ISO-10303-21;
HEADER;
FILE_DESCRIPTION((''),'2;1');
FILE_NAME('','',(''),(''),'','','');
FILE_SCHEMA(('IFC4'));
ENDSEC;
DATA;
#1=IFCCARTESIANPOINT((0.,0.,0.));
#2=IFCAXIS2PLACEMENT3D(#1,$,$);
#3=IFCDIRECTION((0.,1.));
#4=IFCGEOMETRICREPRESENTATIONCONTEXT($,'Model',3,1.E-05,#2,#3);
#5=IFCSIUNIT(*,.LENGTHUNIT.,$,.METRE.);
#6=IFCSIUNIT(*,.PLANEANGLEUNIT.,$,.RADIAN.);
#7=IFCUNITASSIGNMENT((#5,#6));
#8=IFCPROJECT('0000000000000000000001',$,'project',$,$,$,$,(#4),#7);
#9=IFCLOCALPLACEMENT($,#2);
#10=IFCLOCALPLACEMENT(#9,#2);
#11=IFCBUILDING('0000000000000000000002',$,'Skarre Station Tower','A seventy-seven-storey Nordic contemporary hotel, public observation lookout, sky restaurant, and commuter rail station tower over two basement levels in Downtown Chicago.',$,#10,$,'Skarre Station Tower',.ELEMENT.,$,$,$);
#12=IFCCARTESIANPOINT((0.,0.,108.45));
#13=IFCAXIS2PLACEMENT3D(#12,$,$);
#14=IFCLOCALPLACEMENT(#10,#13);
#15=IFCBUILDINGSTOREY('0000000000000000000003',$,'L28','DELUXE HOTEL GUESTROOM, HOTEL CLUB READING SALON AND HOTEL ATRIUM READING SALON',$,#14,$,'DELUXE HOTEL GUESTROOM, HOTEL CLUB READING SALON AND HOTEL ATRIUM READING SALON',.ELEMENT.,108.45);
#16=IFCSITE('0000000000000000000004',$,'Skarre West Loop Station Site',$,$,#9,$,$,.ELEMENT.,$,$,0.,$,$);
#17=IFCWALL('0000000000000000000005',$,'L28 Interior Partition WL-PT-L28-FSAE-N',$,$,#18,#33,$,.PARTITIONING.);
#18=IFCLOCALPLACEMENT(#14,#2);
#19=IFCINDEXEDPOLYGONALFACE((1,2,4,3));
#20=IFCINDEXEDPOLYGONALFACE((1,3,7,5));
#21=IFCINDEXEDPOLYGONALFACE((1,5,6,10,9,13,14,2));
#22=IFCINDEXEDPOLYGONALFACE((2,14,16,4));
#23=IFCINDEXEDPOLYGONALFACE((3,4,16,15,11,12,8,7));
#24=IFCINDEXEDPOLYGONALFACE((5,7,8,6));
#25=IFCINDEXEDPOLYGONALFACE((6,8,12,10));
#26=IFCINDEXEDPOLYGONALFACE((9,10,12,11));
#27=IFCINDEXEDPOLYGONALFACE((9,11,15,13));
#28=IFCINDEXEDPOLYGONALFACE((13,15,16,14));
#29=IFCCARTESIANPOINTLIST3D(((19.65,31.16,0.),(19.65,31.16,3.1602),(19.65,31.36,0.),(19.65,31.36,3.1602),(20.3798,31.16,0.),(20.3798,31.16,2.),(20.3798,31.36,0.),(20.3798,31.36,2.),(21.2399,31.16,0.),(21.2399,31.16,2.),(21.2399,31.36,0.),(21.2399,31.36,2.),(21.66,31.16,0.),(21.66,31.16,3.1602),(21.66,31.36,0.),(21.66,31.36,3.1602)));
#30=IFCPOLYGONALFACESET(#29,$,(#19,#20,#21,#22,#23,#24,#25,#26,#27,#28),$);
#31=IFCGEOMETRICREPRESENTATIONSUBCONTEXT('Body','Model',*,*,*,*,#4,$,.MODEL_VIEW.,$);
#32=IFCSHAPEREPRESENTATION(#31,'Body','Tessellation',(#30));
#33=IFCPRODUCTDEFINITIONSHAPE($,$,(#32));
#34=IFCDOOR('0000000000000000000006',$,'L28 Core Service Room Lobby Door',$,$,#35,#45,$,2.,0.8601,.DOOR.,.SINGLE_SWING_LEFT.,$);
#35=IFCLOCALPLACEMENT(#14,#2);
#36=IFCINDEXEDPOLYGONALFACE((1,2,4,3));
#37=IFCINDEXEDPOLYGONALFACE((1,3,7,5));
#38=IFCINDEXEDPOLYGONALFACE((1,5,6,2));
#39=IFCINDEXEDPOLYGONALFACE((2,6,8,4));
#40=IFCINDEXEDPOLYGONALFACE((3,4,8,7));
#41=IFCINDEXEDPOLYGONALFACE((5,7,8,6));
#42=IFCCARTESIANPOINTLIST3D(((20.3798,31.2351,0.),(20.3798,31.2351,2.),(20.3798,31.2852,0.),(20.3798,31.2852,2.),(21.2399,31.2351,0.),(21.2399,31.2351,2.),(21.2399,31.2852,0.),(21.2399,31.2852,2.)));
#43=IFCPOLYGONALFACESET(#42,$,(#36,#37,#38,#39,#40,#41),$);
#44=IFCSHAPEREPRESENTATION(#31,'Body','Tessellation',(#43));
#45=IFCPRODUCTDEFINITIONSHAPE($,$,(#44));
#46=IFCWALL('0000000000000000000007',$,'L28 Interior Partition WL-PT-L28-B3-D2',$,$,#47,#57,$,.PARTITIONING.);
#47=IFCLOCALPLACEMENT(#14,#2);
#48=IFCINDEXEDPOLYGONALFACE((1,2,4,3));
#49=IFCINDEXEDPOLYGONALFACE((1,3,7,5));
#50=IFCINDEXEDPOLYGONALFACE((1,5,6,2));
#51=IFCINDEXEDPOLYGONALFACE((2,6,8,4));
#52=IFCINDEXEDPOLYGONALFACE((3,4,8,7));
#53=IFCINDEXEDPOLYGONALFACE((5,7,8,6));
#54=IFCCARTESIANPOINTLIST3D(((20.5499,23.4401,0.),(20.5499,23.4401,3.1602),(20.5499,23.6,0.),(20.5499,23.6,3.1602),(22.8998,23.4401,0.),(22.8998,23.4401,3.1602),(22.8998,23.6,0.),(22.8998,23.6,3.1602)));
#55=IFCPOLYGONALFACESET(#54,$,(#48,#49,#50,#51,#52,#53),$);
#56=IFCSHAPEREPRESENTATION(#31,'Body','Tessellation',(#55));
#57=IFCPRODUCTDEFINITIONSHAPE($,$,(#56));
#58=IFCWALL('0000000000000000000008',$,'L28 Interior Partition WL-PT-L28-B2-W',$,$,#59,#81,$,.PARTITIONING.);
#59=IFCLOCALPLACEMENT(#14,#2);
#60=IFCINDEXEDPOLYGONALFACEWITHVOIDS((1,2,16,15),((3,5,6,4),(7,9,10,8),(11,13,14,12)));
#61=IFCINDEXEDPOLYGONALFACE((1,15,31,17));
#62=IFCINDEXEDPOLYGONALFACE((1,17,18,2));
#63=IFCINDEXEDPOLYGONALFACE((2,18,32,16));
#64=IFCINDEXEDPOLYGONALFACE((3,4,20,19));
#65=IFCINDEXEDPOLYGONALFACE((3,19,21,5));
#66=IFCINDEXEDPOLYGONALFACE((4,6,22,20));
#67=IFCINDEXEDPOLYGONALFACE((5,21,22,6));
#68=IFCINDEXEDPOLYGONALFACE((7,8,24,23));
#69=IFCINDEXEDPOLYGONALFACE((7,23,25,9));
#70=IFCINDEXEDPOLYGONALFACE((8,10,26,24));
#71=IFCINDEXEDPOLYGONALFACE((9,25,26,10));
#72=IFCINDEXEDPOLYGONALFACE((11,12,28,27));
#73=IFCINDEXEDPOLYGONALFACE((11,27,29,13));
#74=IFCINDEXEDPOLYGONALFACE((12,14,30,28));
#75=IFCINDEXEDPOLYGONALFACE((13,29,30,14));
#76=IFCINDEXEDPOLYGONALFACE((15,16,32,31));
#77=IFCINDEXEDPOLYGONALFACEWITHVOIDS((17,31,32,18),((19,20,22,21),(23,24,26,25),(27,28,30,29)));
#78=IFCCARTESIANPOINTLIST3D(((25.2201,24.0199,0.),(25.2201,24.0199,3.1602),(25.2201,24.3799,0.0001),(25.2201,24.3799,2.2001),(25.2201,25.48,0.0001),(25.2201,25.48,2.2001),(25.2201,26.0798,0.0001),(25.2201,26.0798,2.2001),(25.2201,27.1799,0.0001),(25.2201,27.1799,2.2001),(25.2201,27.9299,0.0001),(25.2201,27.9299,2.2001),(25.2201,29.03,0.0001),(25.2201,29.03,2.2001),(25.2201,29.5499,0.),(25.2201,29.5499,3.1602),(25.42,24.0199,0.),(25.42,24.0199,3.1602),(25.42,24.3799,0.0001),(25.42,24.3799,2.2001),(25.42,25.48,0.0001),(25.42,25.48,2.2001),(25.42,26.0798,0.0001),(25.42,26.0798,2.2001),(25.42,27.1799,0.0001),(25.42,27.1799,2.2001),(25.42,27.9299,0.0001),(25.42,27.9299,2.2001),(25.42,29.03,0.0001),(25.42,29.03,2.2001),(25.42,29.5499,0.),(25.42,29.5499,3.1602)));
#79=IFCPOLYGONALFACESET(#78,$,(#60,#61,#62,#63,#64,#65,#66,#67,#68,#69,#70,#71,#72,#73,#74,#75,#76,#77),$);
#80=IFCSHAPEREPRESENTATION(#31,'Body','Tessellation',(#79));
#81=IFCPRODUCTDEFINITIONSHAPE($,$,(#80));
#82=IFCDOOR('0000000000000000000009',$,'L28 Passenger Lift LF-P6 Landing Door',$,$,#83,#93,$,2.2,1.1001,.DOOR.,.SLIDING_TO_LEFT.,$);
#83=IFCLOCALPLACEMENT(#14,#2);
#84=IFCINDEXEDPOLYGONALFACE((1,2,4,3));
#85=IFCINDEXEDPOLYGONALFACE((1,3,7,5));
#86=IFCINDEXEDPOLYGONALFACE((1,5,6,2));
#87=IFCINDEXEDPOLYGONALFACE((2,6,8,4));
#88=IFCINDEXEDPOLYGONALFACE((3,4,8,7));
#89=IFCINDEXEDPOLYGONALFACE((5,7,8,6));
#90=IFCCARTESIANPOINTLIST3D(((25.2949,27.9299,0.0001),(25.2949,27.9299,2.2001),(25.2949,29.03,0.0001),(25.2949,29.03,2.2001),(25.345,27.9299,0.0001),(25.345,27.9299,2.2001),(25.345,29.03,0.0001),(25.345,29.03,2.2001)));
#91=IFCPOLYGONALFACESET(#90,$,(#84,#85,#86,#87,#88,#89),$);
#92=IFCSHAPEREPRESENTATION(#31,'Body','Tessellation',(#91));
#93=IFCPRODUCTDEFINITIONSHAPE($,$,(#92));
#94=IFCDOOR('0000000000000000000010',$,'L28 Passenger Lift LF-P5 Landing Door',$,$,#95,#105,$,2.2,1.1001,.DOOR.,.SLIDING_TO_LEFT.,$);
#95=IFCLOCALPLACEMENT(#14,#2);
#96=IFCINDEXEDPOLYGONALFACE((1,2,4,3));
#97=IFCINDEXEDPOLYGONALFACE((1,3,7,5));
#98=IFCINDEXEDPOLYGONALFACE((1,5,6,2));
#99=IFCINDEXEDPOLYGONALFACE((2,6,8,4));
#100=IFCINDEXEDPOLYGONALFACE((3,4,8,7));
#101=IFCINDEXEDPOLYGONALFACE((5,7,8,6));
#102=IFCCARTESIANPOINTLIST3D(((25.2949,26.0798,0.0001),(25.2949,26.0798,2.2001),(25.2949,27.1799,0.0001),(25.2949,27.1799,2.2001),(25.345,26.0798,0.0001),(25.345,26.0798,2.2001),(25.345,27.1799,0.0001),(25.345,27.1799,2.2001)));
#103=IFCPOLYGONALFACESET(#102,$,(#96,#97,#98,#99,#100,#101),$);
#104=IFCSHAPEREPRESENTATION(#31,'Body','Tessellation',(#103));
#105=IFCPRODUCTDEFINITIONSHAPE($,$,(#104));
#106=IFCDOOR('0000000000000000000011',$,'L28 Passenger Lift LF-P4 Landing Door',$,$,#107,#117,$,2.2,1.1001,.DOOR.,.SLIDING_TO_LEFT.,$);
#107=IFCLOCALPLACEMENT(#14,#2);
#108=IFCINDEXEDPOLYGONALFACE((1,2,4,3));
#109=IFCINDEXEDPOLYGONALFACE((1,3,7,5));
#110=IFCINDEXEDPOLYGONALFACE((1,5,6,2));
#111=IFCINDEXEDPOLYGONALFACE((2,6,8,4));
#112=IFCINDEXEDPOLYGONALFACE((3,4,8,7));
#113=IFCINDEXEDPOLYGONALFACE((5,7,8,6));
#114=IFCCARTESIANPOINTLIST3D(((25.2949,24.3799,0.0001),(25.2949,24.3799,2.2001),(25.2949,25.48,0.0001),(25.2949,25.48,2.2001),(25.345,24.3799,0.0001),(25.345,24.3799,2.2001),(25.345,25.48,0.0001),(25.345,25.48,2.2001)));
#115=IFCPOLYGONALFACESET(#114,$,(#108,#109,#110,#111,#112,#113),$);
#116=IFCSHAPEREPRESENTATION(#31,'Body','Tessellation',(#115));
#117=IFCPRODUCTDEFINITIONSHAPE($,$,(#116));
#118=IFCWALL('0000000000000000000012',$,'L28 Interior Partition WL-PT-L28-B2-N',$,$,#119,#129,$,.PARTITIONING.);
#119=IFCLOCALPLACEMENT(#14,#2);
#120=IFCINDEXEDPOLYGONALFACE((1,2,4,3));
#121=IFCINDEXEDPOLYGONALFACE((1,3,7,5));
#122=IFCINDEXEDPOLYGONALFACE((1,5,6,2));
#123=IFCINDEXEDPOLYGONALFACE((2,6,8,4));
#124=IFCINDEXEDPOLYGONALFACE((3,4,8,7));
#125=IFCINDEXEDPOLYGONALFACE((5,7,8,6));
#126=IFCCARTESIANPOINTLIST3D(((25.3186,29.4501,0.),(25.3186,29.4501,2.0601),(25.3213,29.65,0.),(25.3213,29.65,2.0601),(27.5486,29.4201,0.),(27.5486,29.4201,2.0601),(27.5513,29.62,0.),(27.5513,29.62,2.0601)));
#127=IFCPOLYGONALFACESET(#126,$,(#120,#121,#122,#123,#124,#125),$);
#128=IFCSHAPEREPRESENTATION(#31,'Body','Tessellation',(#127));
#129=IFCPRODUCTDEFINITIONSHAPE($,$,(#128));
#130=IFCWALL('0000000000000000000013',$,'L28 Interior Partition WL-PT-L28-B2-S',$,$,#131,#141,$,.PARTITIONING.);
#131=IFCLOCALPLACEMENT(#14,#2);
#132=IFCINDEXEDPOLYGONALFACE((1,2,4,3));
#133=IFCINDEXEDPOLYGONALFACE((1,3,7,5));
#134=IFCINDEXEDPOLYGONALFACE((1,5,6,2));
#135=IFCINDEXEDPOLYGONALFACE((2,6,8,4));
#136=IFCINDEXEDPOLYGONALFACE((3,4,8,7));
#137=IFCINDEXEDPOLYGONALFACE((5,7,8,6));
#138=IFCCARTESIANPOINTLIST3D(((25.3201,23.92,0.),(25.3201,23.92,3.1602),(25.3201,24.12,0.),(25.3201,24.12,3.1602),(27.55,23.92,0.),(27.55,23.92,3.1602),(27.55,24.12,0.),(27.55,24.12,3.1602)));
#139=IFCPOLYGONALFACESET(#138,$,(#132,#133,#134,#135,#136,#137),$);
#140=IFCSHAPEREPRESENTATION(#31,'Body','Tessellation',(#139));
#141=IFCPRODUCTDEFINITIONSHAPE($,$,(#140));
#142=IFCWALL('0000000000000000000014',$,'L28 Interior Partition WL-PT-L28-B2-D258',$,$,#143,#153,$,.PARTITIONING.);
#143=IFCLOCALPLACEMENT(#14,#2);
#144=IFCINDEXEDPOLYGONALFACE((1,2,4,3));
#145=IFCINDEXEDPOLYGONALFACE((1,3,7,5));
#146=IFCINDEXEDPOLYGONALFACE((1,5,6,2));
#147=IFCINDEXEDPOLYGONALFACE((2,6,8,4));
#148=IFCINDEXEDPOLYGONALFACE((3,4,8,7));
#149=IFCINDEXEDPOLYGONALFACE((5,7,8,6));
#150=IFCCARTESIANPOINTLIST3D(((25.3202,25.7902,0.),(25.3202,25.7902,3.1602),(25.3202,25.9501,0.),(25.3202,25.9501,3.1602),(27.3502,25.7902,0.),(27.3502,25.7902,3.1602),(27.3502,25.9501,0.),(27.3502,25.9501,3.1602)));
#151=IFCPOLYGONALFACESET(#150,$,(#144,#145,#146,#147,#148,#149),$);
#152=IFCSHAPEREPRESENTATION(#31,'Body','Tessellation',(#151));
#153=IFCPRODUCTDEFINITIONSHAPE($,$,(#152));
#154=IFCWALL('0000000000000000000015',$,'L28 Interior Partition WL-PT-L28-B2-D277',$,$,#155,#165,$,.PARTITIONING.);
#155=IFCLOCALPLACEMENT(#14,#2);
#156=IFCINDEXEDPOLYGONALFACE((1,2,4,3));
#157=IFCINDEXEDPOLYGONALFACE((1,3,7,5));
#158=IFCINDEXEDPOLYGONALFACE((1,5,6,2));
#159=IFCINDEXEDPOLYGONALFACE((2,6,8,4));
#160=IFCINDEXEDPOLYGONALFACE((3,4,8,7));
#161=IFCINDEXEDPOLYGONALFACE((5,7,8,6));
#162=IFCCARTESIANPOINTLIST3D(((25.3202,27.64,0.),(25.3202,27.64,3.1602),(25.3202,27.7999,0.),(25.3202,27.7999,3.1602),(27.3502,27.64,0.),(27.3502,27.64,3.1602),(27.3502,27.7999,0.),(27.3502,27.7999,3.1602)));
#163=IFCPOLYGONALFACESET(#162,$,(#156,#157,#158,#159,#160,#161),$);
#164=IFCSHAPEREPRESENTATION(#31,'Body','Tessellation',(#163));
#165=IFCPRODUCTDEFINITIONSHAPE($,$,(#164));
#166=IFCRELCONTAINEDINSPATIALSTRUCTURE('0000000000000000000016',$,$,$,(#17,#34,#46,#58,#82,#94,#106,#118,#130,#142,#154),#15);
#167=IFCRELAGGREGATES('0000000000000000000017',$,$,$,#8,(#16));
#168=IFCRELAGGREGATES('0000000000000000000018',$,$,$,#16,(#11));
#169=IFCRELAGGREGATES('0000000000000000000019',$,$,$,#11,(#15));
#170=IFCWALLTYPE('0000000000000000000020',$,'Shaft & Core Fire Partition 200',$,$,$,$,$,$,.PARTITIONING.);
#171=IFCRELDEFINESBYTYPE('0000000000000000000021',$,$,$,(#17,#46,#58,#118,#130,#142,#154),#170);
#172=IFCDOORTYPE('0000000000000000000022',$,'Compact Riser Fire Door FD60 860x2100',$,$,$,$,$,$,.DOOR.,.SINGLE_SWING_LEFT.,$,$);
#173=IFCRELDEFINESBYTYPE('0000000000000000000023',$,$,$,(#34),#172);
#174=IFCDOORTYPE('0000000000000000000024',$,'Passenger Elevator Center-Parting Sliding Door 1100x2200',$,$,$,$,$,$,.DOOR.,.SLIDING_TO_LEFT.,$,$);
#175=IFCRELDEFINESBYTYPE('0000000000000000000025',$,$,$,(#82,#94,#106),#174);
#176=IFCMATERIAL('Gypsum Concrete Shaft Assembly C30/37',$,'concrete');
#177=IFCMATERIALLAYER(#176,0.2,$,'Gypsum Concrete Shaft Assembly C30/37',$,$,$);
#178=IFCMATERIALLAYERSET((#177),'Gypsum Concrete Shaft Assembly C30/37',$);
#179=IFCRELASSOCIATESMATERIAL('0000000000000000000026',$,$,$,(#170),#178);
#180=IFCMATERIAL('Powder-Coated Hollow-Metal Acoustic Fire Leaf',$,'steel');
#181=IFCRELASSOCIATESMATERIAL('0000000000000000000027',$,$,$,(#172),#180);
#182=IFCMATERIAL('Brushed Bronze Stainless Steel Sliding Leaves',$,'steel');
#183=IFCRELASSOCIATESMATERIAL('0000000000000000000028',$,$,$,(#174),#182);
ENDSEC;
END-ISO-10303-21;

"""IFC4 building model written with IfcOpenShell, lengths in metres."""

from ifc_helpers import new_model, si_unit, direction, frame, frame_2d, origin, place, context, subcontext, project, spatial, rectangle, extrude, material, layer, layer_set, type_object, element, fill, save


model = new_model("IFC4")

# Units and contexts
model_context = context("Model", 3, precision=1e-05, world=origin(), true_north=direction((0.0, 1.0)))
body_context = subcontext(model_context, "Body", "Model", "MODEL_VIEW")
ifc_project = project(units=[si_unit("LENGTHUNIT", "METRE"), si_unit("PLANEANGLEUNIT", "RADIAN")], contexts=[model_context])

# Site, building, storey
site_placement = place(None, origin())
site = spatial("IfcSite", under=ifc_project, at=site_placement, Name="Skarre West Loop Station Site", CompositionType="ELEMENT", RefElevation=0.0)
building_placement = place(site_placement, origin())
building = spatial("IfcBuilding", under=site, at=building_placement, Name="Skarre Station Tower", Description="A seventy-seven-storey Nordic contemporary hotel, public observation lookout, sky restaurant, and commuter rail station tower over two basement levels in Downtown Chicago.", LongName="Skarre Station Tower", CompositionType="ELEMENT")
storey_placement = place(building_placement, frame((0.0, 0.0, 108.45)))
storey = spatial("IfcBuildingStorey", under=building, at=storey_placement, Name="L28", Description="DELUXE HOTEL GUESTROOM, HOTEL CLUB READING SALON AND HOTEL ATRIUM READING SALON", LongName="DELUXE HOTEL GUESTROOM, HOTEL CLUB READING SALON AND HOTEL ATRIUM READING SALON", CompositionType="ELEMENT", Elevation=108.45)

# Shared definitions
ifc_material_1 = material(Name="Powder-Coated Hollow-Metal Acoustic Fire Leaf", Category="steel")

# Shared definitions
ifc_material_2 = material(Name="Gypsum Concrete Shaft Assembly C30/37", Category="concrete")
ifc_layer_1 = layer(ifc_material_2, 0.2, Name="Gypsum Concrete Shaft Assembly C30/37")
ifc_layer_set_1 = layer_set([ifc_layer_1], Name="Gypsum Concrete Shaft Assembly C30/37")
wall_type_1 = type_object("IfcWallType", Name="Shaft & Core Fire Partition 200", PredefinedType="PARTITIONING", material=ifc_layer_set_1)

# Wall, opening, door
wall_1_placement = place(storey_placement, frame((21.6599, 31.26, 0.0), z_axis=(0.0, 0.0, 1.0), x_axis=(-1.0, 0.0, 0.0)))
wall_1 = element("IfcWall", 1, at=wall_1_placement, inside=storey, type_object=wall_type_1, Name="L28 Interior Partition WL-PT-L28-FSAE-N", PredefinedType="PARTITIONING", context=body_context, shape_type="SweptSolid", body=[
    extrude(rectangle(XDim=2.01, YDim=0.2, at=frame_2d((1.0049, 0.0))), origin(), (0.0, 0.0, 1.0), 3.1602),
])
opening_1_placement = place(wall_1_placement, frame((0.4199, 0.0, 0.0)))
opening_1 = element("IfcOpeningElement", 2, at=opening_1_placement, cuts=wall_1, PredefinedType="OPENING", context=body_context, shape_type="SweptSolid", body=[
    extrude(rectangle(XDim=0.8601, YDim=2.0, at=frame_2d((0.4302, 1.0))), frame((0.0, 0.1099, 0.0), z_axis=(0.0, -1.0, 0.0), x_axis=(1.0, 0.0, 0.0)), (0.0, 0.0, 1.0), 0.22),
])
door_type_1 = type_object("IfcDoorType", Name="Compact Riser Fire Door FD60 860x2100", OperationType="SINGLE_SWING_LEFT", PredefinedType="DOOR", material=ifc_material_1)
door_1_placement = place(opening_1_placement, origin())
door_1 = element("IfcDoor", 3, at=door_1_placement, inside=storey, type_object=door_type_1, Name="L28 Core Service Room Lobby Door", OperationType="SINGLE_SWING_LEFT", OverallHeight=2.0, OverallWidth=0.8601, PredefinedType="DOOR", context=body_context, shape_type="SweptSolid", body=[
    extrude(rectangle(XDim=0.8601, YDim=2.0, at=frame_2d((0.4302, 1.0))), frame((0.0, 0.0249, 0.0), z_axis=(0.0, -1.0, 0.0), x_axis=(1.0, 0.0, 0.0)), (0.0, 0.0, 1.0), 0.05),
])
fill(opening_1, door_1)

# Wall
wall_2_placement = place(storey_placement, frame((20.55, 23.52, 0.0), z_axis=(0.0, 0.0, 1.0), x_axis=(1.0, 0.0, 0.0)))
element("IfcWall", 4, at=wall_2_placement, inside=storey, type_object=wall_type_1, Name="L28 Interior Partition WL-PT-L28-B3-D2", PredefinedType="PARTITIONING", context=body_context, shape_type="SweptSolid", body=[
    extrude(rectangle(XDim=2.3499, YDim=0.1599, at=frame_2d((1.1748, 0.0))), origin(), (0.0, 0.0, 1.0), 3.1602),
])

# Wall, openings, doors
wall_3_placement = place(storey_placement, frame((25.3201, 29.55, 0.0), z_axis=(0.0, 0.0, 1.0), x_axis=(0.0, -1.0, 0.0)))
wall_3 = element("IfcWall", 5, at=wall_3_placement, inside=storey, type_object=wall_type_1, Name="L28 Interior Partition WL-PT-L28-B2-W", PredefinedType="PARTITIONING", context=body_context, shape_type="SweptSolid", body=[
    extrude(rectangle(XDim=5.53, YDim=0.2, at=frame_2d((2.7651, 0.0))), origin(), (0.0, 0.0, 1.0), 3.1602),
])
opening_2_placement = place(wall_3_placement, frame((0.52, 0.0, 0.0)))
opening_2 = element("IfcOpeningElement", 6, at=opening_2_placement, cuts=wall_3, PredefinedType="OPENING", context=body_context, shape_type="SweptSolid", body=[
    extrude(rectangle(XDim=1.1001, YDim=2.2, at=frame_2d((0.55, 1.1001))), frame((0.0, 0.1099, 0.0), z_axis=(0.0, -1.0, 0.0), x_axis=(1.0, 0.0, 0.0)), (0.0, 0.0, 1.0), 0.22),
])
opening_3_placement = place(wall_3_placement, frame((2.3701, 0.0, 0.0)))
opening_3 = element("IfcOpeningElement", 7, at=opening_3_placement, cuts=wall_3, PredefinedType="OPENING", context=body_context, shape_type="SweptSolid", body=[
    extrude(rectangle(XDim=1.1001, YDim=2.2, at=frame_2d((0.55, 1.1001))), frame((0.0, 0.1099, 0.0), z_axis=(0.0, -1.0, 0.0), x_axis=(1.0, 0.0, 0.0)), (0.0, 0.0, 1.0), 0.22),
])
opening_4_placement = place(wall_3_placement, frame((4.0701, 0.0, 0.0)))
opening_4 = element("IfcOpeningElement", 8, at=opening_4_placement, cuts=wall_3, PredefinedType="OPENING", context=body_context, shape_type="SweptSolid", body=[
    extrude(rectangle(XDim=1.1001, YDim=2.2, at=frame_2d((0.55, 1.1001))), frame((0.0, 0.1099, 0.0), z_axis=(0.0, -1.0, 0.0), x_axis=(1.0, 0.0, 0.0)), (0.0, 0.0, 1.0), 0.22),
])
ifc_material_3 = material(Name="Brushed Bronze Stainless Steel Sliding Leaves", Category="steel")
door_type_2 = type_object("IfcDoorType", Name="Passenger Elevator Center-Parting Sliding Door 1100x2200", OperationType="SLIDING_TO_LEFT", PredefinedType="DOOR", material=ifc_material_3)
door_2_placement = place(opening_2_placement, origin())
door_2 = element("IfcDoor", 9, at=door_2_placement, inside=storey, type_object=door_type_2, Name="L28 Passenger Lift LF-P6 Landing Door", OperationType="SLIDING_TO_LEFT", OverallHeight=2.2, OverallWidth=1.1001, PredefinedType="DOOR", context=body_context, shape_type="SweptSolid", body=[
    extrude(rectangle(XDim=1.1001, YDim=2.2, at=frame_2d((0.55, 1.1001))), frame((0.0, 0.0249, 0.0), z_axis=(0.0, -1.0, 0.0), x_axis=(1.0, 0.0, 0.0)), (0.0, 0.0, 1.0), 0.05),
])
fill(opening_2, door_2)
door_3_placement = place(opening_3_placement, origin())
door_3 = element("IfcDoor", 10, at=door_3_placement, inside=storey, type_object=door_type_2, Name="L28 Passenger Lift LF-P5 Landing Door", OperationType="SLIDING_TO_LEFT", OverallHeight=2.2, OverallWidth=1.1001, PredefinedType="DOOR", context=body_context, shape_type="SweptSolid", body=[
    extrude(rectangle(XDim=1.1001, YDim=2.2, at=frame_2d((0.55, 1.1001))), frame((0.0, 0.0249, 0.0), z_axis=(0.0, -1.0, 0.0), x_axis=(1.0, 0.0, 0.0)), (0.0, 0.0, 1.0), 0.05),
])
fill(opening_3, door_3)
door_4_placement = place(opening_4_placement, origin())
door_4 = element("IfcDoor", 11, at=door_4_placement, inside=storey, type_object=door_type_2, Name="L28 Passenger Lift LF-P4 Landing Door", OperationType="SLIDING_TO_LEFT", OverallHeight=2.2, OverallWidth=1.1001, PredefinedType="DOOR", context=body_context, shape_type="SweptSolid", body=[
    extrude(rectangle(XDim=1.1001, YDim=2.2, at=frame_2d((0.55, 1.1001))), frame((0.0, 0.0249, 0.0), z_axis=(0.0, -1.0, 0.0), x_axis=(1.0, 0.0, 0.0)), (0.0, 0.0, 1.0), 0.05),
])
fill(opening_4, door_4)

# Walls
wall_4_placement = place(storey_placement, frame((27.55, 29.52, 0.0), z_axis=(0.0, 0.0, 1.0), x_axis=(-0.999909, 0.013465, 0.0)))
element("IfcWall", 12, at=wall_4_placement, inside=storey, type_object=wall_type_1, Name="L28 Interior Partition WL-PT-L28-B2-N", PredefinedType="PARTITIONING", context=body_context, shape_type="SweptSolid", body=[
    extrude(rectangle(XDim=2.2302, YDim=0.2, at=frame_2d((1.1152, 0.0))), origin(), (0.0, 0.0, 1.0), 2.0601),
])
wall_5_placement = place(storey_placement, frame((25.3201, 24.02, 0.0), z_axis=(0.0, 0.0, 1.0), x_axis=(1.0, 0.0, 0.0)))
element("IfcWall", 13, at=wall_5_placement, inside=storey, type_object=wall_type_1, Name="L28 Interior Partition WL-PT-L28-B2-S", PredefinedType="PARTITIONING", context=body_context, shape_type="SweptSolid", body=[
    extrude(rectangle(XDim=2.23, YDim=0.2, at=frame_2d((1.115, 0.0))), origin(), (0.0, 0.0, 1.0), 3.1602),
])
for number, where, z_axis, x_axis, name in (
    (14, (25.3201, 25.8701, 0.0), (0.0, 0.0, 1.0), (1.0, 0.0, 0.0), "L28 Interior Partition WL-PT-L28-B2-D258"),
    (15, (25.3201, 27.72, 0.0), (0.0, 0.0, 1.0), (1.0, 0.0, 0.0), "L28 Interior Partition WL-PT-L28-B2-D277"),
):
    element("IfcWall", number, at=place(storey_placement, frame(where, z_axis=z_axis, x_axis=x_axis)), inside=storey, type_object=wall_type_1, Name=name, PredefinedType="PARTITIONING", context=body_context, shape_type="SweptSolid", body=[
        extrude(rectangle(XDim=2.03, YDim=0.1599, at=frame_2d((1.0151, 0.0))), origin(), (0.0, 0.0, 1.0), 3.1602),
    ])

save(model, "model.ifc")
